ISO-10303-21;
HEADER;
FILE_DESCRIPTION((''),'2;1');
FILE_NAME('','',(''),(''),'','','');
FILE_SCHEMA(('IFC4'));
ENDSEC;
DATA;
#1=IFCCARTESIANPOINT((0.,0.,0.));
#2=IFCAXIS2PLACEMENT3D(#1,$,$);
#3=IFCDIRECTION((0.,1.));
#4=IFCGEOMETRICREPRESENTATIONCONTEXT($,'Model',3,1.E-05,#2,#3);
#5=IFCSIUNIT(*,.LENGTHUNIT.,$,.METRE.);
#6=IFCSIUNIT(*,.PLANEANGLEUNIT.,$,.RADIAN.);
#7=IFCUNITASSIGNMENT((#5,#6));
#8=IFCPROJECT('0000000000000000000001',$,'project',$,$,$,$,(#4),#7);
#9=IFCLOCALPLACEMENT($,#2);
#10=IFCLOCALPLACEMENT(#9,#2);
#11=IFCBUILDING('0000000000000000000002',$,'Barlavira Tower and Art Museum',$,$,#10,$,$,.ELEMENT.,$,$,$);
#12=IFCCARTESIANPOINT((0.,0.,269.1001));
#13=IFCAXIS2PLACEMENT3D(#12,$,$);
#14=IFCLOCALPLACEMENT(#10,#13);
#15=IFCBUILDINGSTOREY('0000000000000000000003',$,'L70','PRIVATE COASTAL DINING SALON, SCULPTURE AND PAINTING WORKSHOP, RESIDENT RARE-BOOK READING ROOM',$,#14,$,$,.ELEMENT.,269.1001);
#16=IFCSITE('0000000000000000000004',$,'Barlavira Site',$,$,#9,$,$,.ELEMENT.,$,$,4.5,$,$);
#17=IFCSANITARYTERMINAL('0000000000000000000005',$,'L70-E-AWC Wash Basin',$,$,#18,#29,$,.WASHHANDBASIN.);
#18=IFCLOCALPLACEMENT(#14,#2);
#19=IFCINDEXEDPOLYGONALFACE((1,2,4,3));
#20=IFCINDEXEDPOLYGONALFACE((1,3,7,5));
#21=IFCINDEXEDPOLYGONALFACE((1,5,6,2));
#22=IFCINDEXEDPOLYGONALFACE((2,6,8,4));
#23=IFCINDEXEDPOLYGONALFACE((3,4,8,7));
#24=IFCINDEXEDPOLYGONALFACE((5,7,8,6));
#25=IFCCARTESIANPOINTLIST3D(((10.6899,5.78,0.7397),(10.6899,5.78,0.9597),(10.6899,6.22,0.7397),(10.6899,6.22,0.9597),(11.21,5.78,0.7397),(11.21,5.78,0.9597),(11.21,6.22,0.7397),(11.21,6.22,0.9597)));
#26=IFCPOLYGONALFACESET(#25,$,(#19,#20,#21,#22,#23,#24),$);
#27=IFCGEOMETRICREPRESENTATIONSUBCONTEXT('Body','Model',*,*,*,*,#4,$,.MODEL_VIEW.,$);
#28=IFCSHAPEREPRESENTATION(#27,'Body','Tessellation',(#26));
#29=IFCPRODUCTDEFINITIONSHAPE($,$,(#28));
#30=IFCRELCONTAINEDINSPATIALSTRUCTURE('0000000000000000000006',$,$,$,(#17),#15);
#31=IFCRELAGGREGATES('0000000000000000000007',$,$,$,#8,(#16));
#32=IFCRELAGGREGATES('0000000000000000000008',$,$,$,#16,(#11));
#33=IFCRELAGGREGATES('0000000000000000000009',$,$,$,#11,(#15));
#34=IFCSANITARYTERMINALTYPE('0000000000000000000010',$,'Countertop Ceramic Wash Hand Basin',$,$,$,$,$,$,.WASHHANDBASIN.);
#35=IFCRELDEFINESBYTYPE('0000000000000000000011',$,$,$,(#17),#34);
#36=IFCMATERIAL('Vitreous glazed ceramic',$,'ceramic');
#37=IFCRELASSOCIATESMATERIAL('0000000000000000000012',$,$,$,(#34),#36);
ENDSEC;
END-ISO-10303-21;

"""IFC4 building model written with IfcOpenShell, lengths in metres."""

from ifc_helpers import new_model, si_unit, direction, frame, origin, origin_2d, place, context, subcontext, project, spatial, rectangle, extrude, material, type_object, element, save


model = new_model("IFC4")

# Units and contexts
model_context = context("Model", 3, precision=1e-05, world=origin(), true_north=direction((0.0, 1.0)))
body_context = subcontext(model_context, "Body", "Model", "MODEL_VIEW")
ifc_project = project(units=[si_unit("LENGTHUNIT", "METRE"), si_unit("PLANEANGLEUNIT", "RADIAN")], contexts=[model_context])

# Site, building, storey
site_placement = place(None, origin())
site = spatial("IfcSite", under=ifc_project, at=site_placement, Name="Barlavira Site", CompositionType="ELEMENT", RefElevation=4.5)
building_placement = place(site_placement, origin())
building = spatial("IfcBuilding", under=site, at=building_placement, Name="Barlavira Tower and Art Museum", CompositionType="ELEMENT")
storey_placement = place(building_placement, frame((0.0, 0.0, 269.1001)))
storey = spatial("IfcBuildingStorey", under=building, at=storey_placement, Name="L70", Description="PRIVATE COASTAL DINING SALON, SCULPTURE AND PAINTING WORKSHOP, RESIDENT RARE-BOOK READING ROOM", CompositionType="ELEMENT", Elevation=269.1001)

# Sanitary terminal
ifc_material_1 = material(Name="Vitreous glazed ceramic", Category="ceramic")
sanitary_terminal_type = type_object("IfcSanitaryTerminalType", Name="Countertop Ceramic Wash Hand Basin", PredefinedType="WASHHANDBASIN", material=ifc_material_1)
sanitary_terminal_placement = place(storey_placement, frame((10.95, 6.0, 0.7397), z_axis=(0.0, 0.0, 1.0), x_axis=(1.0, 0.0, 0.0)))
element("IfcSanitaryTerminal", 1, at=sanitary_terminal_placement, inside=storey, type_object=sanitary_terminal_type, Name="L70-E-AWC Wash Basin", PredefinedType="WASHHANDBASIN", context=body_context, shape_type="SweptSolid", body=[
    extrude(rectangle(XDim=0.52, YDim=0.4399, at=origin_2d()), origin(), (0.0, 0.0, 1.0), 0.22),
])

save(model, "model.ifc")
